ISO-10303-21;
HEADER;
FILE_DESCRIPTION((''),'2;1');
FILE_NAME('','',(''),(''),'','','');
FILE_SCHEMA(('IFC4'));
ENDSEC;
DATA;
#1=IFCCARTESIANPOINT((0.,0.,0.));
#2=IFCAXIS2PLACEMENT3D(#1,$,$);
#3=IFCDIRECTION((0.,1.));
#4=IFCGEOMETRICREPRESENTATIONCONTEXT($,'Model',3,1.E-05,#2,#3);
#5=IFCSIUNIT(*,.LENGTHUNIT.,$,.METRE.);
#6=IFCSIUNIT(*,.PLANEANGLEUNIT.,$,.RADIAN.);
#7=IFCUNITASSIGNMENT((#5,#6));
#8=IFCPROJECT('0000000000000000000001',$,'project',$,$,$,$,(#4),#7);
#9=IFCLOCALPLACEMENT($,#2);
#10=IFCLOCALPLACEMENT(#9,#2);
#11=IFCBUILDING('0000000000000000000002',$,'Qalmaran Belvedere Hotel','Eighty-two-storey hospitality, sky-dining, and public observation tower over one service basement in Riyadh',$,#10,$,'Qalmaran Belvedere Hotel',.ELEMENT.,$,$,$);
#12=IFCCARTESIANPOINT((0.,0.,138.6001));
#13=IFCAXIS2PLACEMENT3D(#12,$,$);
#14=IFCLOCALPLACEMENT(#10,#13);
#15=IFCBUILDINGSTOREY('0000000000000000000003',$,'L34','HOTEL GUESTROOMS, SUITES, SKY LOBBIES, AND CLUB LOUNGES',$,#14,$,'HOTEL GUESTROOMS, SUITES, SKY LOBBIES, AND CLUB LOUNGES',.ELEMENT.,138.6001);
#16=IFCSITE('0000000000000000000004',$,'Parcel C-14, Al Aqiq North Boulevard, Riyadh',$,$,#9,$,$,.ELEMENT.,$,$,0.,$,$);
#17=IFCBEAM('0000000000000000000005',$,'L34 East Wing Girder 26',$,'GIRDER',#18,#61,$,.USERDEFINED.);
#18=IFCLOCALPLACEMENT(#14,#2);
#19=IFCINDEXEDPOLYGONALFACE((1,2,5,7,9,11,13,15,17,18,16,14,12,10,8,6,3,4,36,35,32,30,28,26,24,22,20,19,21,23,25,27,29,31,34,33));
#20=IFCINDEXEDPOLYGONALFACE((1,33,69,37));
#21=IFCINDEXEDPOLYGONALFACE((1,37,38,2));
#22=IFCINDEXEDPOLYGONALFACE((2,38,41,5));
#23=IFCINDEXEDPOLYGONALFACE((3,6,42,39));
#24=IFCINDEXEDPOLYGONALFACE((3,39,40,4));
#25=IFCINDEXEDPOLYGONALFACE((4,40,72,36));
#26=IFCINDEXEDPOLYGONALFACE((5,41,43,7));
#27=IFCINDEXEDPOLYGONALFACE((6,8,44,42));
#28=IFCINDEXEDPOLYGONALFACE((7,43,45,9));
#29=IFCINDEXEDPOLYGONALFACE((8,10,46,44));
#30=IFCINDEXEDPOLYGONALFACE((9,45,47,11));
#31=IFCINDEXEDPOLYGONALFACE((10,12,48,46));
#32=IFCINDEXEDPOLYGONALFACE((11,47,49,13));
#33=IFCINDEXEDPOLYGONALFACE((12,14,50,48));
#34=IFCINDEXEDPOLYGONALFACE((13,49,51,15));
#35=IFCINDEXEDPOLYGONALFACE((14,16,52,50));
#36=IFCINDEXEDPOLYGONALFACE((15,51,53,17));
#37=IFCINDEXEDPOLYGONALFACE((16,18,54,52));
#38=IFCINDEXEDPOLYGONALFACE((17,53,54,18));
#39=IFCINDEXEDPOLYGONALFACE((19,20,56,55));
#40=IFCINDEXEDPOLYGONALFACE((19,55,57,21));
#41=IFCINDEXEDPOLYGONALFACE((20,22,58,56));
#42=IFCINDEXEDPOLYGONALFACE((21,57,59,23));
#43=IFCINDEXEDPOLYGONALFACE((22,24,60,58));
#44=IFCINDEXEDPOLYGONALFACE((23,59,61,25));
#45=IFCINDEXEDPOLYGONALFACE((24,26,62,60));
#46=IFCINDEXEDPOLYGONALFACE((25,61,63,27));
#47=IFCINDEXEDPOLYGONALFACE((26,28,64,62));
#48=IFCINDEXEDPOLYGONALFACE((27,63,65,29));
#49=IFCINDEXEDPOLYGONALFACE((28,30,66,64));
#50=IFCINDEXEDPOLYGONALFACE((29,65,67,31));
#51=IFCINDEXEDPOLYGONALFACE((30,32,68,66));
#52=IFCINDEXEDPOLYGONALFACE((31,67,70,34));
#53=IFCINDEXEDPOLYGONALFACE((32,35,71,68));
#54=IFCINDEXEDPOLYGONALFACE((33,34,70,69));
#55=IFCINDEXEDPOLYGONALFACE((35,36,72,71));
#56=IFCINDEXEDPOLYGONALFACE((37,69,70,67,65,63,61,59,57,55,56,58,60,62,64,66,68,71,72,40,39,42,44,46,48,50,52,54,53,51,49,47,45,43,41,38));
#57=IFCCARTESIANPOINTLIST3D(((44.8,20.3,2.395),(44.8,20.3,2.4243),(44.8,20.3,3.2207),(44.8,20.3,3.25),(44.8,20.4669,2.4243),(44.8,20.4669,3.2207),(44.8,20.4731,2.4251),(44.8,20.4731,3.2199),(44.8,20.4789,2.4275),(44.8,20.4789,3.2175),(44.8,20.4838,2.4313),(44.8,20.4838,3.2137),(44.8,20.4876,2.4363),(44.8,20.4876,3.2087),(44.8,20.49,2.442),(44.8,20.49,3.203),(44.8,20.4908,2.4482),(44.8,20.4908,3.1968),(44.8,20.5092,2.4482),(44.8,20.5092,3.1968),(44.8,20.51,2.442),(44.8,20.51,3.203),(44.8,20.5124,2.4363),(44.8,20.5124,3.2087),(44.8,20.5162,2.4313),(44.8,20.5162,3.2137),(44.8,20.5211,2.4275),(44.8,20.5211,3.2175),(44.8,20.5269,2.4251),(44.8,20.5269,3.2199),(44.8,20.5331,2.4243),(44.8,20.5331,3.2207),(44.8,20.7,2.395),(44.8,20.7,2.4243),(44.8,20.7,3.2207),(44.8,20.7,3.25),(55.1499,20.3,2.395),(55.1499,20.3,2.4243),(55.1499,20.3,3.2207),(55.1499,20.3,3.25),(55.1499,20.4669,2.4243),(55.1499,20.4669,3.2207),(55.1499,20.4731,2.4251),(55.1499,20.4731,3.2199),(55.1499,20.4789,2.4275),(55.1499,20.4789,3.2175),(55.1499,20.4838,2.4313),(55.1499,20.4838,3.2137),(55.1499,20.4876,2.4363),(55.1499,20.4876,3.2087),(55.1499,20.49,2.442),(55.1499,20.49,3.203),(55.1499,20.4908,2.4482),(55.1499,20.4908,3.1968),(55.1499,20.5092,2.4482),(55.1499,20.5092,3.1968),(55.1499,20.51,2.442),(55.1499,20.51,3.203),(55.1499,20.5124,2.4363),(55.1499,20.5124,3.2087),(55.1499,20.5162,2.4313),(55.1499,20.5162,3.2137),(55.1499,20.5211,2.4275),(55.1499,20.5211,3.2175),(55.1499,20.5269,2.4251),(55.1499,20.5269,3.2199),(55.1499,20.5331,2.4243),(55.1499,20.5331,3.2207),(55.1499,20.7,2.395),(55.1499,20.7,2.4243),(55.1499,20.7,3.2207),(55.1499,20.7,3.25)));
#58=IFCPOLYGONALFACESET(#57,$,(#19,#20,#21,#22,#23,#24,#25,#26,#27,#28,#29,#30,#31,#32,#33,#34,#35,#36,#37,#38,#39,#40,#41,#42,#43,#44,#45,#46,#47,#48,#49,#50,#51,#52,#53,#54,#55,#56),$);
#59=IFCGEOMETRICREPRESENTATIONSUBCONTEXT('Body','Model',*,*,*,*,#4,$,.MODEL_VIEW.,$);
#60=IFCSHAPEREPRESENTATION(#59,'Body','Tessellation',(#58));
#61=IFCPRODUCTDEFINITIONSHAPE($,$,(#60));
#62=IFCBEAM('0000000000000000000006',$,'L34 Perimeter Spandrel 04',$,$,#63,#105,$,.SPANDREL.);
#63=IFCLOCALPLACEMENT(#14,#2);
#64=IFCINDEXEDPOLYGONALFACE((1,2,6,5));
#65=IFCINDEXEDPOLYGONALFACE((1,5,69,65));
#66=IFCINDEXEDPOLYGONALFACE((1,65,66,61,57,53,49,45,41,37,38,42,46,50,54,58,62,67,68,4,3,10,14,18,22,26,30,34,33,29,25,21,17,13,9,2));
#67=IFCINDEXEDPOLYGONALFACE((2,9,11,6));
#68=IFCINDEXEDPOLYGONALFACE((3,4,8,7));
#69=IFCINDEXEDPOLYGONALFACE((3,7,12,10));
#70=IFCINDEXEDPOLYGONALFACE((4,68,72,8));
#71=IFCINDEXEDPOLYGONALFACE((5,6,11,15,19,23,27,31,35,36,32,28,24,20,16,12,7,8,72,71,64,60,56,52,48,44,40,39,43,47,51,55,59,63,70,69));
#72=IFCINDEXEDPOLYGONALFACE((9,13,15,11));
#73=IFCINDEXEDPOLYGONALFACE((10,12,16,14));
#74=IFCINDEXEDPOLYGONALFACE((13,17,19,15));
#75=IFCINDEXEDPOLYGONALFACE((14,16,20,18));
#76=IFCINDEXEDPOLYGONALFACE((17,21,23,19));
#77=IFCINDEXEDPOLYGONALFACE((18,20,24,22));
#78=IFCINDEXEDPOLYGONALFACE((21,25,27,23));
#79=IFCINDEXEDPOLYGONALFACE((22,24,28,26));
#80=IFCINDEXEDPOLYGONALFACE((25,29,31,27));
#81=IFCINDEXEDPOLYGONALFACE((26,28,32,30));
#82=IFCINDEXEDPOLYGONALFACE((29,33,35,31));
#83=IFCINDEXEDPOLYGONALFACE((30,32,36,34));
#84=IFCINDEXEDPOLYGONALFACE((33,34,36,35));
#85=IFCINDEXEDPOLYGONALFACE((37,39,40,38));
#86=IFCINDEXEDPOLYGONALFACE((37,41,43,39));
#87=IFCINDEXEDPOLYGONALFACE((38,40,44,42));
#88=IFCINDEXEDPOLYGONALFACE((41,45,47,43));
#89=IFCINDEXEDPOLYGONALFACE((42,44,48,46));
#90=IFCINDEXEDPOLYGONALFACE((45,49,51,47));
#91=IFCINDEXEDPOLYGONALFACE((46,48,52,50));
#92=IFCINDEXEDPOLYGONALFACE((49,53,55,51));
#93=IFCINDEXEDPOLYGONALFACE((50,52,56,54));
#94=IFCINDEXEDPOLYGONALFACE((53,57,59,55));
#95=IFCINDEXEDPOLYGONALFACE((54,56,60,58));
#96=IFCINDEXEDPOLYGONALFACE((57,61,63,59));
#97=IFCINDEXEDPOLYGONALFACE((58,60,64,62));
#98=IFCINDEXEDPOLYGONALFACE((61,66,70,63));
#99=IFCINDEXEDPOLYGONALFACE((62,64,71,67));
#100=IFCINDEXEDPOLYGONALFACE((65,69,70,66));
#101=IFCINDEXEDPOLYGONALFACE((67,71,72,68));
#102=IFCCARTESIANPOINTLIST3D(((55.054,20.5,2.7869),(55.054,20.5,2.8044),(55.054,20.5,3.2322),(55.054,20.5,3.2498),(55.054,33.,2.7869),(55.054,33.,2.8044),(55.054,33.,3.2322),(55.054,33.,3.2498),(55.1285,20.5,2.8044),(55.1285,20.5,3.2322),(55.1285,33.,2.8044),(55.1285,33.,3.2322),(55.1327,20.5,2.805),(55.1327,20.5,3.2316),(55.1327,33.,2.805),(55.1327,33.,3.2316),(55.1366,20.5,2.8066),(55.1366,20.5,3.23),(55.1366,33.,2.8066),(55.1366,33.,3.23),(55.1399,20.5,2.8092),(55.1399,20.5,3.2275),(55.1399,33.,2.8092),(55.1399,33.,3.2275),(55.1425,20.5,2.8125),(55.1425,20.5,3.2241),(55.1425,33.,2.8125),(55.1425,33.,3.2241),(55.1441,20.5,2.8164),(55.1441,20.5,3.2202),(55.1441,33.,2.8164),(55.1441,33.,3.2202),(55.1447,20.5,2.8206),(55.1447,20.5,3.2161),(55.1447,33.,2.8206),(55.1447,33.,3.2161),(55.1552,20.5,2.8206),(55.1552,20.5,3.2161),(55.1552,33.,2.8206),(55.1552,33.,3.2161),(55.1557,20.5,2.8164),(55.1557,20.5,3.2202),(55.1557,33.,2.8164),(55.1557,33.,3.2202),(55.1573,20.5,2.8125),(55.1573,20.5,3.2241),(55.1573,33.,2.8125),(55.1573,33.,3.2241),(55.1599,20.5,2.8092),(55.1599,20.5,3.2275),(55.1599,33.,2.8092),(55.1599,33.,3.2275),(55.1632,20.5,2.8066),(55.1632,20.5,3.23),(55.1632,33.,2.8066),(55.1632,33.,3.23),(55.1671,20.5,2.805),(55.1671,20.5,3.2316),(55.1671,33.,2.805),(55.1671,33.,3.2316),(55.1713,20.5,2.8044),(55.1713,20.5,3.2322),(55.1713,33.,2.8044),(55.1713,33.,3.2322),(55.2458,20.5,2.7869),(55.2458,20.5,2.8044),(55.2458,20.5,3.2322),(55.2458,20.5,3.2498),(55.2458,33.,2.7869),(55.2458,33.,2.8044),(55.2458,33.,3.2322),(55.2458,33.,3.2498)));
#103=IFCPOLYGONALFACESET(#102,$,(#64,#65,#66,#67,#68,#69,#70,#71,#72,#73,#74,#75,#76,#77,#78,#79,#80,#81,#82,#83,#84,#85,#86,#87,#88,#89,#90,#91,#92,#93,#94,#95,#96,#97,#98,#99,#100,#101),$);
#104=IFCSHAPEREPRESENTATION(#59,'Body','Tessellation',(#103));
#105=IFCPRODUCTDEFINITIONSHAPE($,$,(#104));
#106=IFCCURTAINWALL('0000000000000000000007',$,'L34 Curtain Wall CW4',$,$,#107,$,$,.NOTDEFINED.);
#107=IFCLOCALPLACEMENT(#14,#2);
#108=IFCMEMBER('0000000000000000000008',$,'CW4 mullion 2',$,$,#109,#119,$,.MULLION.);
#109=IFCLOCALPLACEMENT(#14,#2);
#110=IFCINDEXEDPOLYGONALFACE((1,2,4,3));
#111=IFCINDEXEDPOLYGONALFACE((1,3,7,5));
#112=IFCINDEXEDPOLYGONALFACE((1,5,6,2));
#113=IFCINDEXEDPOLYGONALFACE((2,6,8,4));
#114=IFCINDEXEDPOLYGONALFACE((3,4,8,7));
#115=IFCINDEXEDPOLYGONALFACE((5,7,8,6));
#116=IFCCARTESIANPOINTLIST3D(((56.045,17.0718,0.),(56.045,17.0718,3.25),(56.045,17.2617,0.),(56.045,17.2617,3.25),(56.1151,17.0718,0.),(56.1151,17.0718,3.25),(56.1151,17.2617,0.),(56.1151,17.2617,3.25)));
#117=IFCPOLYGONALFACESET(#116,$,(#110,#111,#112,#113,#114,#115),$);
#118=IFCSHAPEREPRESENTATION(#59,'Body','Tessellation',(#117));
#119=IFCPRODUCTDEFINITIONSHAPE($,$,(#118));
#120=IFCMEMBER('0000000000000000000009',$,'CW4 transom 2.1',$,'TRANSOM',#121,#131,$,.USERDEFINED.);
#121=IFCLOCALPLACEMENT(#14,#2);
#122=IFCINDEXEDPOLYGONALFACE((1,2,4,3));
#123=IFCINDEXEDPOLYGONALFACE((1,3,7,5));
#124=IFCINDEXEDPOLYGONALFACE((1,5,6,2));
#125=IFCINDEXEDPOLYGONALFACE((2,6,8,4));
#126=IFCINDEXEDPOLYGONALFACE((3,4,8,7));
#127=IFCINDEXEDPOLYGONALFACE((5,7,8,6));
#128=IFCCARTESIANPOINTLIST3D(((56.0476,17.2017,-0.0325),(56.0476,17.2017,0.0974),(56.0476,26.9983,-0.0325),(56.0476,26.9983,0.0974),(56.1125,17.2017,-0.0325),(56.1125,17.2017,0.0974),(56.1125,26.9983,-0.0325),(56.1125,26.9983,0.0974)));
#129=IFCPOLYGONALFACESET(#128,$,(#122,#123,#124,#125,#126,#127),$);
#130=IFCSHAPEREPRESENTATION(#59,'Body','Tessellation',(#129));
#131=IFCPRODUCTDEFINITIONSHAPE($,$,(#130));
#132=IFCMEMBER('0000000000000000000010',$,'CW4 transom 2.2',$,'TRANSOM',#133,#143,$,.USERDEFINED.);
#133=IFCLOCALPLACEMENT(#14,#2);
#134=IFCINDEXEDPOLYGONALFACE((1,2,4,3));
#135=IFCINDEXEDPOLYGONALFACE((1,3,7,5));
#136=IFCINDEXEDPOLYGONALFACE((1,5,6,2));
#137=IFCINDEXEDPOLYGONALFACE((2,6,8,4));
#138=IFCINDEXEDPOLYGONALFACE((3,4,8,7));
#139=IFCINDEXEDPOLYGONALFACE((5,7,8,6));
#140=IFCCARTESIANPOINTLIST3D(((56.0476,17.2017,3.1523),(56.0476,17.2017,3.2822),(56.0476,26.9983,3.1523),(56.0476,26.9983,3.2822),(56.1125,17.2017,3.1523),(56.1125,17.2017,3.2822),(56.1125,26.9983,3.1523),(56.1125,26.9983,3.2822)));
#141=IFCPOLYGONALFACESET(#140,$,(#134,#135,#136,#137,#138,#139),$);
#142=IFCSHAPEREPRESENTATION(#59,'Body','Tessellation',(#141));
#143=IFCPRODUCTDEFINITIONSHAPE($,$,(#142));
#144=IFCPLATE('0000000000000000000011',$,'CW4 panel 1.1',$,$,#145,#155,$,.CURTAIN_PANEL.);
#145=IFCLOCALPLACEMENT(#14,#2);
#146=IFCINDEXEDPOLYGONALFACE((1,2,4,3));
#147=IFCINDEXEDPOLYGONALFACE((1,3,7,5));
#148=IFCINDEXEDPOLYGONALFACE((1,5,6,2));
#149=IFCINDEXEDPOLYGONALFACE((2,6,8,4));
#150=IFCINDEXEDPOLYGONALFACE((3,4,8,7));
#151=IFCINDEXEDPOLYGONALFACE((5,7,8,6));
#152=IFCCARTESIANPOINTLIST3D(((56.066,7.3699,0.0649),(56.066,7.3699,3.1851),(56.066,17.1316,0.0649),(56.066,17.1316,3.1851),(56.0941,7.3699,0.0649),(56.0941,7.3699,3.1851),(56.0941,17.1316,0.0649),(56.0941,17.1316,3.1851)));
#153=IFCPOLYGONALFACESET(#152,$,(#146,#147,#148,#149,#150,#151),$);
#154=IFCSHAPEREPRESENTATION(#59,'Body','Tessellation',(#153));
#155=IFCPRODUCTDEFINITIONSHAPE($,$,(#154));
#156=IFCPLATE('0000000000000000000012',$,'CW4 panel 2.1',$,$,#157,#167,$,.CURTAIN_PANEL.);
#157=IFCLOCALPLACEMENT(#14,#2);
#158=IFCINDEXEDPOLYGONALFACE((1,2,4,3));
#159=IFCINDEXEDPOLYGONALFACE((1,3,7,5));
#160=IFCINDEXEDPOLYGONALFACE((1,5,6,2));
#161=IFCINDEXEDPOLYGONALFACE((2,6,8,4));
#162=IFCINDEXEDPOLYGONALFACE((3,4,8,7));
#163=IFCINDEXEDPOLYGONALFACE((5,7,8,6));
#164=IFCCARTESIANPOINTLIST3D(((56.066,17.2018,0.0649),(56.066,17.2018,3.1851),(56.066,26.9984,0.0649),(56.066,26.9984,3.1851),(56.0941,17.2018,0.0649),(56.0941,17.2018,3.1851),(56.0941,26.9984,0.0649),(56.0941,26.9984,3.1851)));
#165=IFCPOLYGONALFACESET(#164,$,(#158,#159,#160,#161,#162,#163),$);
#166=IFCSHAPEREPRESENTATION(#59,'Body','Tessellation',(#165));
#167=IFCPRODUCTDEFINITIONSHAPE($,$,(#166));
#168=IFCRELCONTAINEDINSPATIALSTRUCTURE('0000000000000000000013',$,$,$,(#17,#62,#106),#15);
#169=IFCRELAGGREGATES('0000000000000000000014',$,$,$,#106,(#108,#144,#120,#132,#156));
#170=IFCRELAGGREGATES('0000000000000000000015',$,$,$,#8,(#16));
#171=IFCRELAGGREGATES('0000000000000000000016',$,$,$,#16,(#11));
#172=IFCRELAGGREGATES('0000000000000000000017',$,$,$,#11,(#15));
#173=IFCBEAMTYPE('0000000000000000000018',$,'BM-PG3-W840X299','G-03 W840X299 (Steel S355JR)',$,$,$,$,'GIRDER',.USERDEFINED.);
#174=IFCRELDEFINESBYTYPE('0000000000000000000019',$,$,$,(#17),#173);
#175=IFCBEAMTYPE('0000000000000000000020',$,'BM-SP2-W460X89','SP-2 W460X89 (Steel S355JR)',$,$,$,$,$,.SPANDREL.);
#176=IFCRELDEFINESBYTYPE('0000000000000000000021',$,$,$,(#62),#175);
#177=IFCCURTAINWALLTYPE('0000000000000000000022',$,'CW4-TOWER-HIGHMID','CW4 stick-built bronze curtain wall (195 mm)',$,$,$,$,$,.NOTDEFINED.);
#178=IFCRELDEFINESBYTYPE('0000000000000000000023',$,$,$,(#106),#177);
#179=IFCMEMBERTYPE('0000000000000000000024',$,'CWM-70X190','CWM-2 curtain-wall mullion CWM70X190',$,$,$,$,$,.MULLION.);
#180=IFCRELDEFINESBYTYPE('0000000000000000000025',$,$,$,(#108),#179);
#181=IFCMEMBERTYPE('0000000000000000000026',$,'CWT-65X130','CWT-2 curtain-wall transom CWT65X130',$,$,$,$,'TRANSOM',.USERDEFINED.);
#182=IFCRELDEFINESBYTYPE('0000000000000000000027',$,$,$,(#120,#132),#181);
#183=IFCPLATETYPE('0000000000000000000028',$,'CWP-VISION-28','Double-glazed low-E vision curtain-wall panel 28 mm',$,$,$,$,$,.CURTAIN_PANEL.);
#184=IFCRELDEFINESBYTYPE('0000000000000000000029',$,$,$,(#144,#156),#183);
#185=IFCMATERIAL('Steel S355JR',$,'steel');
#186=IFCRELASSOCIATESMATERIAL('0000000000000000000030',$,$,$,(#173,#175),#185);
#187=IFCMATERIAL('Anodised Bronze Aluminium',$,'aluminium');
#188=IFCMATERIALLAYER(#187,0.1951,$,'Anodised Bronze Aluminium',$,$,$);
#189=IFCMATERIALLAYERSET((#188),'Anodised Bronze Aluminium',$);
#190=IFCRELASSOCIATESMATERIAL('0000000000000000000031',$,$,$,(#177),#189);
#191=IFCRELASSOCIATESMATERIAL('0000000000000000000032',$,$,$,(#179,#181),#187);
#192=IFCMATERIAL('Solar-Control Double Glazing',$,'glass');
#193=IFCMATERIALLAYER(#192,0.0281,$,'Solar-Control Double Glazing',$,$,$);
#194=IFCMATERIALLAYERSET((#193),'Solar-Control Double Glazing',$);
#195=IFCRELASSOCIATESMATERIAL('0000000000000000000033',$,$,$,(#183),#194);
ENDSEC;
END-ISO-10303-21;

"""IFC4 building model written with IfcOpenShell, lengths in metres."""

from ifc_helpers import new_model, si_unit, direction, frame, origin, origin_2d, place, context, subcontext, project, spatial, rectangle, i_section, extrude, material, layer, layer_set, material_profile, profile_set, type_object, element, aggregate, save


model = new_model("IFC4")

# Units and contexts
model_context = context("Model", 3, precision=1e-05, world=origin(), true_north=direction((0.0, 1.0)))
body_context = subcontext(model_context, "Body", "Model", "MODEL_VIEW")
ifc_project = project(units=[si_unit("LENGTHUNIT", "METRE"), si_unit("PLANEANGLEUNIT", "RADIAN")], contexts=[model_context])

# Site, building, storey
site_placement = place(None, origin())
site = spatial("IfcSite", under=ifc_project, at=site_placement, Name="Parcel C-14, Al Aqiq North Boulevard, Riyadh", CompositionType="ELEMENT", RefElevation=0.0)
building_placement = place(site_placement, origin())
building = spatial("IfcBuilding", under=site, at=building_placement, Name="Qalmaran Belvedere Hotel", Description="Eighty-two-storey hospitality, sky-dining, and public observation tower over one service basement in Riyadh", LongName="Qalmaran Belvedere Hotel", CompositionType="ELEMENT")
storey_placement = place(building_placement, frame((0.0, 0.0, 138.6001)))
storey = spatial("IfcBuildingStorey", under=building, at=storey_placement, Name="L34", Description="HOTEL GUESTROOMS, SUITES, SKY LOBBIES, AND CLUB LOUNGES", LongName="HOTEL GUESTROOMS, SUITES, SKY LOBBIES, AND CLUB LOUNGES", CompositionType="ELEMENT", Elevation=138.6001)

# Beams
ifc_material_1 = material(Name="Steel S355JR", Category="steel")
ifc_material_profile_1 = material_profile(ifc_material_1, i_section(OverallWidth=0.3999, OverallDepth=0.855, WebThickness=0.0183, FlangeThickness=0.0293, FilletRadius=0.0239, at=origin_2d()), Name="W840X299")
ifc_profile_set_1 = profile_set([ifc_material_profile_1], Name="Steel S355JR")
beam_type_1 = type_object("IfcBeamType", Name="BM-PG3-W840X299", Description="G-03 W840X299 (Steel S355JR)", ElementType="GIRDER", PredefinedType="USERDEFINED", material=ifc_profile_set_1)
beam_1_placement = place(storey_placement, frame((44.8, 20.5, 2.8225), z_axis=(1.0, 0.0, 0.0), x_axis=(0.0, 1.0, 0.0)))
element("IfcBeam", 1, at=beam_1_placement, inside=storey, type_object=beam_type_1, Name="L34 East Wing Girder 26", ObjectType="GIRDER", PredefinedType="USERDEFINED", context=body_context, shape_type="SweptSolid", body=[
    extrude(i_section(OverallWidth=0.3999, OverallDepth=0.855, WebThickness=0.0183, FlangeThickness=0.0293, FilletRadius=0.0239, at=origin_2d()), origin(), (0.0, 0.0, 1.0), 10.3499),
])
ifc_material_profile_2 = material_profile(ifc_material_1, i_section(OverallWidth=0.1919, OverallDepth=0.4629, WebThickness=0.0105, FlangeThickness=0.0176, FilletRadius=0.0161, at=origin_2d()), Name="W460X89")
ifc_profile_set_2 = profile_set([ifc_material_profile_2], Name="Steel S355JR")
beam_type_2 = type_object("IfcBeamType", Name="BM-SP2-W460X89", Description="SP-2 W460X89 (Steel S355JR)", PredefinedType="SPANDREL", material=ifc_profile_set_2)
beam_2_placement = place(storey_placement, frame((55.1499, 20.5, 3.0183), z_axis=(0.0, 1.0, 0.0), x_axis=(-1.0, 0.0, 0.0)))
element("IfcBeam", 2, at=beam_2_placement, inside=storey, type_object=beam_type_2, Name="L34 Perimeter Spandrel 04", PredefinedType="SPANDREL", context=body_context, shape_type="SweptSolid", body=[
    extrude(i_section(OverallWidth=0.1919, OverallDepth=0.4629, WebThickness=0.0105, FlangeThickness=0.0176, FilletRadius=0.0161, at=origin_2d()), origin(), (0.0, 0.0, 1.0), 12.5),
])

# Curtain wall, members, plates
ifc_material_2 = material(Name="Anodised Bronze Aluminium", Category="aluminium")
ifc_layer_1 = layer(ifc_material_2, 0.1951, Name="Anodised Bronze Aluminium")
ifc_layer_set_1 = layer_set([ifc_layer_1], Name="Anodised Bronze Aluminium")
curtain_wall_type = type_object("IfcCurtainWallType", Name="CW4-TOWER-HIGHMID", Description="CW4 stick-built bronze curtain wall (195 mm)", PredefinedType="NOTDEFINED", material=ifc_layer_set_1)
curtain_wall_placement = place(storey_placement, origin())
curtain_wall = element("IfcCurtainWall", 3, at=curtain_wall_placement, inside=storey, type_object=curtain_wall_type, Name="L34 Curtain Wall CW4", PredefinedType="NOTDEFINED")
ifc_material_profile_3 = material_profile(ifc_material_2, rectangle(XDim=0.0701, YDim=0.1899, at=origin_2d()), Name="CWM70X190")
ifc_profile_set_3 = profile_set([ifc_material_profile_3], Name="Anodised Bronze Aluminium")
member_type_1 = type_object("IfcMemberType", Name="CWM-70X190", Description="CWM-2 curtain-wall mullion CWM70X190", PredefinedType="MULLION", material=ifc_profile_set_3)
member_1_placement = place(storey_placement, frame((56.0801, 17.1667, 0.0), z_axis=(0.0, 0.0, 1.0), x_axis=(-1.0, 0.0, 0.0)))
member_1 = element("IfcMember", 4, at=member_1_placement, type_object=member_type_1, Name="CW4 mullion 2", PredefinedType="MULLION", context=body_context, shape_type="SweptSolid", body=[
    extrude(rectangle(XDim=0.0701, YDim=0.1899, at=origin_2d()), origin(), (0.0, 0.0, 1.0), 3.25),
])
ifc_material_profile_4 = material_profile(ifc_material_2, rectangle(XDim=0.0649, YDim=0.1299, at=origin_2d()), Name="CWT65X130")
ifc_profile_set_4 = profile_set([ifc_material_profile_4], Name="Anodised Bronze Aluminium")
member_type_2 = type_object("IfcMemberType", Name="CWT-65X130", Description="CWT-2 curtain-wall transom CWT65X130", ElementType="TRANSOM", PredefinedType="USERDEFINED", material=ifc_profile_set_4)
member_2_placement = place(storey_placement, frame((56.0801, 17.2017, 0.0325), z_axis=(0.0, 1.0, 0.0), x_axis=(-1.0, 0.0, 0.0)))
member_2 = element("IfcMember", 5, at=member_2_placement, type_object=member_type_2, Name="CW4 transom 2.1", ObjectType="TRANSOM", PredefinedType="USERDEFINED", context=body_context, shape_type="SweptSolid", body=[
    extrude(rectangle(XDim=0.0649, YDim=0.1299, at=origin_2d()), origin(), (0.0, 0.0, 1.0), 9.7966),
])
member_3_placement = place(storey_placement, frame((56.0801, 17.2017, 3.2173), z_axis=(0.0, 1.0, 0.0), x_axis=(-1.0, 0.0, 0.0)))
member_3 = element("IfcMember", 6, at=member_3_placement, type_object=member_type_2, Name="CW4 transom 2.2", ObjectType="TRANSOM", PredefinedType="USERDEFINED", context=body_context, shape_type="SweptSolid", body=[
    extrude(rectangle(XDim=0.0649, YDim=0.1299, at=origin_2d()), origin(), (0.0, 0.0, 1.0), 9.7966),
])
ifc_material_3 = material(Name="Solar-Control Double Glazing", Category="glass")
ifc_layer_2 = layer(ifc_material_3, 0.0281, Name="Solar-Control Double Glazing")
ifc_layer_set_2 = layer_set([ifc_layer_2], Name="Solar-Control Double Glazing")
plate_type = type_object("IfcPlateType", Name="CWP-VISION-28", Description="Double-glazed low-E vision curtain-wall panel 28 mm", PredefinedType="CURTAIN_PANEL", material=ifc_layer_set_2)
plate_1_placement = place(storey_placement, frame((56.0801, 12.2507, 0.0649), z_axis=(0.0, 0.0, 1.0), x_axis=(0.0, 1.0, 0.0)))
plate_1 = element("IfcPlate", 7, at=plate_1_placement, type_object=plate_type, Name="CW4 panel 1.1", PredefinedType="CURTAIN_PANEL", context=body_context, shape_type="SweptSolid", body=[
    extrude(rectangle(XDim=9.7617, YDim=0.0281, at=origin_2d()), origin(), (0.0, 0.0, 1.0), 3.1201),
])
plate_2_placement = place(storey_placement, frame((56.0801, 22.1001, 0.0649), z_axis=(0.0, 0.0, 1.0), x_axis=(0.0, 1.0, 0.0)))
plate_2 = element("IfcPlate", 8, at=plate_2_placement, type_object=plate_type, Name="CW4 panel 2.1", PredefinedType="CURTAIN_PANEL", context=body_context, shape_type="SweptSolid", body=[
    extrude(rectangle(XDim=9.7966, YDim=0.0281, at=origin_2d()), origin(), (0.0, 0.0, 1.0), 3.1201),
])
aggregate(curtain_wall, [member_1, plate_1, member_2, member_3, plate_2])

save(model, "model.ifc")
